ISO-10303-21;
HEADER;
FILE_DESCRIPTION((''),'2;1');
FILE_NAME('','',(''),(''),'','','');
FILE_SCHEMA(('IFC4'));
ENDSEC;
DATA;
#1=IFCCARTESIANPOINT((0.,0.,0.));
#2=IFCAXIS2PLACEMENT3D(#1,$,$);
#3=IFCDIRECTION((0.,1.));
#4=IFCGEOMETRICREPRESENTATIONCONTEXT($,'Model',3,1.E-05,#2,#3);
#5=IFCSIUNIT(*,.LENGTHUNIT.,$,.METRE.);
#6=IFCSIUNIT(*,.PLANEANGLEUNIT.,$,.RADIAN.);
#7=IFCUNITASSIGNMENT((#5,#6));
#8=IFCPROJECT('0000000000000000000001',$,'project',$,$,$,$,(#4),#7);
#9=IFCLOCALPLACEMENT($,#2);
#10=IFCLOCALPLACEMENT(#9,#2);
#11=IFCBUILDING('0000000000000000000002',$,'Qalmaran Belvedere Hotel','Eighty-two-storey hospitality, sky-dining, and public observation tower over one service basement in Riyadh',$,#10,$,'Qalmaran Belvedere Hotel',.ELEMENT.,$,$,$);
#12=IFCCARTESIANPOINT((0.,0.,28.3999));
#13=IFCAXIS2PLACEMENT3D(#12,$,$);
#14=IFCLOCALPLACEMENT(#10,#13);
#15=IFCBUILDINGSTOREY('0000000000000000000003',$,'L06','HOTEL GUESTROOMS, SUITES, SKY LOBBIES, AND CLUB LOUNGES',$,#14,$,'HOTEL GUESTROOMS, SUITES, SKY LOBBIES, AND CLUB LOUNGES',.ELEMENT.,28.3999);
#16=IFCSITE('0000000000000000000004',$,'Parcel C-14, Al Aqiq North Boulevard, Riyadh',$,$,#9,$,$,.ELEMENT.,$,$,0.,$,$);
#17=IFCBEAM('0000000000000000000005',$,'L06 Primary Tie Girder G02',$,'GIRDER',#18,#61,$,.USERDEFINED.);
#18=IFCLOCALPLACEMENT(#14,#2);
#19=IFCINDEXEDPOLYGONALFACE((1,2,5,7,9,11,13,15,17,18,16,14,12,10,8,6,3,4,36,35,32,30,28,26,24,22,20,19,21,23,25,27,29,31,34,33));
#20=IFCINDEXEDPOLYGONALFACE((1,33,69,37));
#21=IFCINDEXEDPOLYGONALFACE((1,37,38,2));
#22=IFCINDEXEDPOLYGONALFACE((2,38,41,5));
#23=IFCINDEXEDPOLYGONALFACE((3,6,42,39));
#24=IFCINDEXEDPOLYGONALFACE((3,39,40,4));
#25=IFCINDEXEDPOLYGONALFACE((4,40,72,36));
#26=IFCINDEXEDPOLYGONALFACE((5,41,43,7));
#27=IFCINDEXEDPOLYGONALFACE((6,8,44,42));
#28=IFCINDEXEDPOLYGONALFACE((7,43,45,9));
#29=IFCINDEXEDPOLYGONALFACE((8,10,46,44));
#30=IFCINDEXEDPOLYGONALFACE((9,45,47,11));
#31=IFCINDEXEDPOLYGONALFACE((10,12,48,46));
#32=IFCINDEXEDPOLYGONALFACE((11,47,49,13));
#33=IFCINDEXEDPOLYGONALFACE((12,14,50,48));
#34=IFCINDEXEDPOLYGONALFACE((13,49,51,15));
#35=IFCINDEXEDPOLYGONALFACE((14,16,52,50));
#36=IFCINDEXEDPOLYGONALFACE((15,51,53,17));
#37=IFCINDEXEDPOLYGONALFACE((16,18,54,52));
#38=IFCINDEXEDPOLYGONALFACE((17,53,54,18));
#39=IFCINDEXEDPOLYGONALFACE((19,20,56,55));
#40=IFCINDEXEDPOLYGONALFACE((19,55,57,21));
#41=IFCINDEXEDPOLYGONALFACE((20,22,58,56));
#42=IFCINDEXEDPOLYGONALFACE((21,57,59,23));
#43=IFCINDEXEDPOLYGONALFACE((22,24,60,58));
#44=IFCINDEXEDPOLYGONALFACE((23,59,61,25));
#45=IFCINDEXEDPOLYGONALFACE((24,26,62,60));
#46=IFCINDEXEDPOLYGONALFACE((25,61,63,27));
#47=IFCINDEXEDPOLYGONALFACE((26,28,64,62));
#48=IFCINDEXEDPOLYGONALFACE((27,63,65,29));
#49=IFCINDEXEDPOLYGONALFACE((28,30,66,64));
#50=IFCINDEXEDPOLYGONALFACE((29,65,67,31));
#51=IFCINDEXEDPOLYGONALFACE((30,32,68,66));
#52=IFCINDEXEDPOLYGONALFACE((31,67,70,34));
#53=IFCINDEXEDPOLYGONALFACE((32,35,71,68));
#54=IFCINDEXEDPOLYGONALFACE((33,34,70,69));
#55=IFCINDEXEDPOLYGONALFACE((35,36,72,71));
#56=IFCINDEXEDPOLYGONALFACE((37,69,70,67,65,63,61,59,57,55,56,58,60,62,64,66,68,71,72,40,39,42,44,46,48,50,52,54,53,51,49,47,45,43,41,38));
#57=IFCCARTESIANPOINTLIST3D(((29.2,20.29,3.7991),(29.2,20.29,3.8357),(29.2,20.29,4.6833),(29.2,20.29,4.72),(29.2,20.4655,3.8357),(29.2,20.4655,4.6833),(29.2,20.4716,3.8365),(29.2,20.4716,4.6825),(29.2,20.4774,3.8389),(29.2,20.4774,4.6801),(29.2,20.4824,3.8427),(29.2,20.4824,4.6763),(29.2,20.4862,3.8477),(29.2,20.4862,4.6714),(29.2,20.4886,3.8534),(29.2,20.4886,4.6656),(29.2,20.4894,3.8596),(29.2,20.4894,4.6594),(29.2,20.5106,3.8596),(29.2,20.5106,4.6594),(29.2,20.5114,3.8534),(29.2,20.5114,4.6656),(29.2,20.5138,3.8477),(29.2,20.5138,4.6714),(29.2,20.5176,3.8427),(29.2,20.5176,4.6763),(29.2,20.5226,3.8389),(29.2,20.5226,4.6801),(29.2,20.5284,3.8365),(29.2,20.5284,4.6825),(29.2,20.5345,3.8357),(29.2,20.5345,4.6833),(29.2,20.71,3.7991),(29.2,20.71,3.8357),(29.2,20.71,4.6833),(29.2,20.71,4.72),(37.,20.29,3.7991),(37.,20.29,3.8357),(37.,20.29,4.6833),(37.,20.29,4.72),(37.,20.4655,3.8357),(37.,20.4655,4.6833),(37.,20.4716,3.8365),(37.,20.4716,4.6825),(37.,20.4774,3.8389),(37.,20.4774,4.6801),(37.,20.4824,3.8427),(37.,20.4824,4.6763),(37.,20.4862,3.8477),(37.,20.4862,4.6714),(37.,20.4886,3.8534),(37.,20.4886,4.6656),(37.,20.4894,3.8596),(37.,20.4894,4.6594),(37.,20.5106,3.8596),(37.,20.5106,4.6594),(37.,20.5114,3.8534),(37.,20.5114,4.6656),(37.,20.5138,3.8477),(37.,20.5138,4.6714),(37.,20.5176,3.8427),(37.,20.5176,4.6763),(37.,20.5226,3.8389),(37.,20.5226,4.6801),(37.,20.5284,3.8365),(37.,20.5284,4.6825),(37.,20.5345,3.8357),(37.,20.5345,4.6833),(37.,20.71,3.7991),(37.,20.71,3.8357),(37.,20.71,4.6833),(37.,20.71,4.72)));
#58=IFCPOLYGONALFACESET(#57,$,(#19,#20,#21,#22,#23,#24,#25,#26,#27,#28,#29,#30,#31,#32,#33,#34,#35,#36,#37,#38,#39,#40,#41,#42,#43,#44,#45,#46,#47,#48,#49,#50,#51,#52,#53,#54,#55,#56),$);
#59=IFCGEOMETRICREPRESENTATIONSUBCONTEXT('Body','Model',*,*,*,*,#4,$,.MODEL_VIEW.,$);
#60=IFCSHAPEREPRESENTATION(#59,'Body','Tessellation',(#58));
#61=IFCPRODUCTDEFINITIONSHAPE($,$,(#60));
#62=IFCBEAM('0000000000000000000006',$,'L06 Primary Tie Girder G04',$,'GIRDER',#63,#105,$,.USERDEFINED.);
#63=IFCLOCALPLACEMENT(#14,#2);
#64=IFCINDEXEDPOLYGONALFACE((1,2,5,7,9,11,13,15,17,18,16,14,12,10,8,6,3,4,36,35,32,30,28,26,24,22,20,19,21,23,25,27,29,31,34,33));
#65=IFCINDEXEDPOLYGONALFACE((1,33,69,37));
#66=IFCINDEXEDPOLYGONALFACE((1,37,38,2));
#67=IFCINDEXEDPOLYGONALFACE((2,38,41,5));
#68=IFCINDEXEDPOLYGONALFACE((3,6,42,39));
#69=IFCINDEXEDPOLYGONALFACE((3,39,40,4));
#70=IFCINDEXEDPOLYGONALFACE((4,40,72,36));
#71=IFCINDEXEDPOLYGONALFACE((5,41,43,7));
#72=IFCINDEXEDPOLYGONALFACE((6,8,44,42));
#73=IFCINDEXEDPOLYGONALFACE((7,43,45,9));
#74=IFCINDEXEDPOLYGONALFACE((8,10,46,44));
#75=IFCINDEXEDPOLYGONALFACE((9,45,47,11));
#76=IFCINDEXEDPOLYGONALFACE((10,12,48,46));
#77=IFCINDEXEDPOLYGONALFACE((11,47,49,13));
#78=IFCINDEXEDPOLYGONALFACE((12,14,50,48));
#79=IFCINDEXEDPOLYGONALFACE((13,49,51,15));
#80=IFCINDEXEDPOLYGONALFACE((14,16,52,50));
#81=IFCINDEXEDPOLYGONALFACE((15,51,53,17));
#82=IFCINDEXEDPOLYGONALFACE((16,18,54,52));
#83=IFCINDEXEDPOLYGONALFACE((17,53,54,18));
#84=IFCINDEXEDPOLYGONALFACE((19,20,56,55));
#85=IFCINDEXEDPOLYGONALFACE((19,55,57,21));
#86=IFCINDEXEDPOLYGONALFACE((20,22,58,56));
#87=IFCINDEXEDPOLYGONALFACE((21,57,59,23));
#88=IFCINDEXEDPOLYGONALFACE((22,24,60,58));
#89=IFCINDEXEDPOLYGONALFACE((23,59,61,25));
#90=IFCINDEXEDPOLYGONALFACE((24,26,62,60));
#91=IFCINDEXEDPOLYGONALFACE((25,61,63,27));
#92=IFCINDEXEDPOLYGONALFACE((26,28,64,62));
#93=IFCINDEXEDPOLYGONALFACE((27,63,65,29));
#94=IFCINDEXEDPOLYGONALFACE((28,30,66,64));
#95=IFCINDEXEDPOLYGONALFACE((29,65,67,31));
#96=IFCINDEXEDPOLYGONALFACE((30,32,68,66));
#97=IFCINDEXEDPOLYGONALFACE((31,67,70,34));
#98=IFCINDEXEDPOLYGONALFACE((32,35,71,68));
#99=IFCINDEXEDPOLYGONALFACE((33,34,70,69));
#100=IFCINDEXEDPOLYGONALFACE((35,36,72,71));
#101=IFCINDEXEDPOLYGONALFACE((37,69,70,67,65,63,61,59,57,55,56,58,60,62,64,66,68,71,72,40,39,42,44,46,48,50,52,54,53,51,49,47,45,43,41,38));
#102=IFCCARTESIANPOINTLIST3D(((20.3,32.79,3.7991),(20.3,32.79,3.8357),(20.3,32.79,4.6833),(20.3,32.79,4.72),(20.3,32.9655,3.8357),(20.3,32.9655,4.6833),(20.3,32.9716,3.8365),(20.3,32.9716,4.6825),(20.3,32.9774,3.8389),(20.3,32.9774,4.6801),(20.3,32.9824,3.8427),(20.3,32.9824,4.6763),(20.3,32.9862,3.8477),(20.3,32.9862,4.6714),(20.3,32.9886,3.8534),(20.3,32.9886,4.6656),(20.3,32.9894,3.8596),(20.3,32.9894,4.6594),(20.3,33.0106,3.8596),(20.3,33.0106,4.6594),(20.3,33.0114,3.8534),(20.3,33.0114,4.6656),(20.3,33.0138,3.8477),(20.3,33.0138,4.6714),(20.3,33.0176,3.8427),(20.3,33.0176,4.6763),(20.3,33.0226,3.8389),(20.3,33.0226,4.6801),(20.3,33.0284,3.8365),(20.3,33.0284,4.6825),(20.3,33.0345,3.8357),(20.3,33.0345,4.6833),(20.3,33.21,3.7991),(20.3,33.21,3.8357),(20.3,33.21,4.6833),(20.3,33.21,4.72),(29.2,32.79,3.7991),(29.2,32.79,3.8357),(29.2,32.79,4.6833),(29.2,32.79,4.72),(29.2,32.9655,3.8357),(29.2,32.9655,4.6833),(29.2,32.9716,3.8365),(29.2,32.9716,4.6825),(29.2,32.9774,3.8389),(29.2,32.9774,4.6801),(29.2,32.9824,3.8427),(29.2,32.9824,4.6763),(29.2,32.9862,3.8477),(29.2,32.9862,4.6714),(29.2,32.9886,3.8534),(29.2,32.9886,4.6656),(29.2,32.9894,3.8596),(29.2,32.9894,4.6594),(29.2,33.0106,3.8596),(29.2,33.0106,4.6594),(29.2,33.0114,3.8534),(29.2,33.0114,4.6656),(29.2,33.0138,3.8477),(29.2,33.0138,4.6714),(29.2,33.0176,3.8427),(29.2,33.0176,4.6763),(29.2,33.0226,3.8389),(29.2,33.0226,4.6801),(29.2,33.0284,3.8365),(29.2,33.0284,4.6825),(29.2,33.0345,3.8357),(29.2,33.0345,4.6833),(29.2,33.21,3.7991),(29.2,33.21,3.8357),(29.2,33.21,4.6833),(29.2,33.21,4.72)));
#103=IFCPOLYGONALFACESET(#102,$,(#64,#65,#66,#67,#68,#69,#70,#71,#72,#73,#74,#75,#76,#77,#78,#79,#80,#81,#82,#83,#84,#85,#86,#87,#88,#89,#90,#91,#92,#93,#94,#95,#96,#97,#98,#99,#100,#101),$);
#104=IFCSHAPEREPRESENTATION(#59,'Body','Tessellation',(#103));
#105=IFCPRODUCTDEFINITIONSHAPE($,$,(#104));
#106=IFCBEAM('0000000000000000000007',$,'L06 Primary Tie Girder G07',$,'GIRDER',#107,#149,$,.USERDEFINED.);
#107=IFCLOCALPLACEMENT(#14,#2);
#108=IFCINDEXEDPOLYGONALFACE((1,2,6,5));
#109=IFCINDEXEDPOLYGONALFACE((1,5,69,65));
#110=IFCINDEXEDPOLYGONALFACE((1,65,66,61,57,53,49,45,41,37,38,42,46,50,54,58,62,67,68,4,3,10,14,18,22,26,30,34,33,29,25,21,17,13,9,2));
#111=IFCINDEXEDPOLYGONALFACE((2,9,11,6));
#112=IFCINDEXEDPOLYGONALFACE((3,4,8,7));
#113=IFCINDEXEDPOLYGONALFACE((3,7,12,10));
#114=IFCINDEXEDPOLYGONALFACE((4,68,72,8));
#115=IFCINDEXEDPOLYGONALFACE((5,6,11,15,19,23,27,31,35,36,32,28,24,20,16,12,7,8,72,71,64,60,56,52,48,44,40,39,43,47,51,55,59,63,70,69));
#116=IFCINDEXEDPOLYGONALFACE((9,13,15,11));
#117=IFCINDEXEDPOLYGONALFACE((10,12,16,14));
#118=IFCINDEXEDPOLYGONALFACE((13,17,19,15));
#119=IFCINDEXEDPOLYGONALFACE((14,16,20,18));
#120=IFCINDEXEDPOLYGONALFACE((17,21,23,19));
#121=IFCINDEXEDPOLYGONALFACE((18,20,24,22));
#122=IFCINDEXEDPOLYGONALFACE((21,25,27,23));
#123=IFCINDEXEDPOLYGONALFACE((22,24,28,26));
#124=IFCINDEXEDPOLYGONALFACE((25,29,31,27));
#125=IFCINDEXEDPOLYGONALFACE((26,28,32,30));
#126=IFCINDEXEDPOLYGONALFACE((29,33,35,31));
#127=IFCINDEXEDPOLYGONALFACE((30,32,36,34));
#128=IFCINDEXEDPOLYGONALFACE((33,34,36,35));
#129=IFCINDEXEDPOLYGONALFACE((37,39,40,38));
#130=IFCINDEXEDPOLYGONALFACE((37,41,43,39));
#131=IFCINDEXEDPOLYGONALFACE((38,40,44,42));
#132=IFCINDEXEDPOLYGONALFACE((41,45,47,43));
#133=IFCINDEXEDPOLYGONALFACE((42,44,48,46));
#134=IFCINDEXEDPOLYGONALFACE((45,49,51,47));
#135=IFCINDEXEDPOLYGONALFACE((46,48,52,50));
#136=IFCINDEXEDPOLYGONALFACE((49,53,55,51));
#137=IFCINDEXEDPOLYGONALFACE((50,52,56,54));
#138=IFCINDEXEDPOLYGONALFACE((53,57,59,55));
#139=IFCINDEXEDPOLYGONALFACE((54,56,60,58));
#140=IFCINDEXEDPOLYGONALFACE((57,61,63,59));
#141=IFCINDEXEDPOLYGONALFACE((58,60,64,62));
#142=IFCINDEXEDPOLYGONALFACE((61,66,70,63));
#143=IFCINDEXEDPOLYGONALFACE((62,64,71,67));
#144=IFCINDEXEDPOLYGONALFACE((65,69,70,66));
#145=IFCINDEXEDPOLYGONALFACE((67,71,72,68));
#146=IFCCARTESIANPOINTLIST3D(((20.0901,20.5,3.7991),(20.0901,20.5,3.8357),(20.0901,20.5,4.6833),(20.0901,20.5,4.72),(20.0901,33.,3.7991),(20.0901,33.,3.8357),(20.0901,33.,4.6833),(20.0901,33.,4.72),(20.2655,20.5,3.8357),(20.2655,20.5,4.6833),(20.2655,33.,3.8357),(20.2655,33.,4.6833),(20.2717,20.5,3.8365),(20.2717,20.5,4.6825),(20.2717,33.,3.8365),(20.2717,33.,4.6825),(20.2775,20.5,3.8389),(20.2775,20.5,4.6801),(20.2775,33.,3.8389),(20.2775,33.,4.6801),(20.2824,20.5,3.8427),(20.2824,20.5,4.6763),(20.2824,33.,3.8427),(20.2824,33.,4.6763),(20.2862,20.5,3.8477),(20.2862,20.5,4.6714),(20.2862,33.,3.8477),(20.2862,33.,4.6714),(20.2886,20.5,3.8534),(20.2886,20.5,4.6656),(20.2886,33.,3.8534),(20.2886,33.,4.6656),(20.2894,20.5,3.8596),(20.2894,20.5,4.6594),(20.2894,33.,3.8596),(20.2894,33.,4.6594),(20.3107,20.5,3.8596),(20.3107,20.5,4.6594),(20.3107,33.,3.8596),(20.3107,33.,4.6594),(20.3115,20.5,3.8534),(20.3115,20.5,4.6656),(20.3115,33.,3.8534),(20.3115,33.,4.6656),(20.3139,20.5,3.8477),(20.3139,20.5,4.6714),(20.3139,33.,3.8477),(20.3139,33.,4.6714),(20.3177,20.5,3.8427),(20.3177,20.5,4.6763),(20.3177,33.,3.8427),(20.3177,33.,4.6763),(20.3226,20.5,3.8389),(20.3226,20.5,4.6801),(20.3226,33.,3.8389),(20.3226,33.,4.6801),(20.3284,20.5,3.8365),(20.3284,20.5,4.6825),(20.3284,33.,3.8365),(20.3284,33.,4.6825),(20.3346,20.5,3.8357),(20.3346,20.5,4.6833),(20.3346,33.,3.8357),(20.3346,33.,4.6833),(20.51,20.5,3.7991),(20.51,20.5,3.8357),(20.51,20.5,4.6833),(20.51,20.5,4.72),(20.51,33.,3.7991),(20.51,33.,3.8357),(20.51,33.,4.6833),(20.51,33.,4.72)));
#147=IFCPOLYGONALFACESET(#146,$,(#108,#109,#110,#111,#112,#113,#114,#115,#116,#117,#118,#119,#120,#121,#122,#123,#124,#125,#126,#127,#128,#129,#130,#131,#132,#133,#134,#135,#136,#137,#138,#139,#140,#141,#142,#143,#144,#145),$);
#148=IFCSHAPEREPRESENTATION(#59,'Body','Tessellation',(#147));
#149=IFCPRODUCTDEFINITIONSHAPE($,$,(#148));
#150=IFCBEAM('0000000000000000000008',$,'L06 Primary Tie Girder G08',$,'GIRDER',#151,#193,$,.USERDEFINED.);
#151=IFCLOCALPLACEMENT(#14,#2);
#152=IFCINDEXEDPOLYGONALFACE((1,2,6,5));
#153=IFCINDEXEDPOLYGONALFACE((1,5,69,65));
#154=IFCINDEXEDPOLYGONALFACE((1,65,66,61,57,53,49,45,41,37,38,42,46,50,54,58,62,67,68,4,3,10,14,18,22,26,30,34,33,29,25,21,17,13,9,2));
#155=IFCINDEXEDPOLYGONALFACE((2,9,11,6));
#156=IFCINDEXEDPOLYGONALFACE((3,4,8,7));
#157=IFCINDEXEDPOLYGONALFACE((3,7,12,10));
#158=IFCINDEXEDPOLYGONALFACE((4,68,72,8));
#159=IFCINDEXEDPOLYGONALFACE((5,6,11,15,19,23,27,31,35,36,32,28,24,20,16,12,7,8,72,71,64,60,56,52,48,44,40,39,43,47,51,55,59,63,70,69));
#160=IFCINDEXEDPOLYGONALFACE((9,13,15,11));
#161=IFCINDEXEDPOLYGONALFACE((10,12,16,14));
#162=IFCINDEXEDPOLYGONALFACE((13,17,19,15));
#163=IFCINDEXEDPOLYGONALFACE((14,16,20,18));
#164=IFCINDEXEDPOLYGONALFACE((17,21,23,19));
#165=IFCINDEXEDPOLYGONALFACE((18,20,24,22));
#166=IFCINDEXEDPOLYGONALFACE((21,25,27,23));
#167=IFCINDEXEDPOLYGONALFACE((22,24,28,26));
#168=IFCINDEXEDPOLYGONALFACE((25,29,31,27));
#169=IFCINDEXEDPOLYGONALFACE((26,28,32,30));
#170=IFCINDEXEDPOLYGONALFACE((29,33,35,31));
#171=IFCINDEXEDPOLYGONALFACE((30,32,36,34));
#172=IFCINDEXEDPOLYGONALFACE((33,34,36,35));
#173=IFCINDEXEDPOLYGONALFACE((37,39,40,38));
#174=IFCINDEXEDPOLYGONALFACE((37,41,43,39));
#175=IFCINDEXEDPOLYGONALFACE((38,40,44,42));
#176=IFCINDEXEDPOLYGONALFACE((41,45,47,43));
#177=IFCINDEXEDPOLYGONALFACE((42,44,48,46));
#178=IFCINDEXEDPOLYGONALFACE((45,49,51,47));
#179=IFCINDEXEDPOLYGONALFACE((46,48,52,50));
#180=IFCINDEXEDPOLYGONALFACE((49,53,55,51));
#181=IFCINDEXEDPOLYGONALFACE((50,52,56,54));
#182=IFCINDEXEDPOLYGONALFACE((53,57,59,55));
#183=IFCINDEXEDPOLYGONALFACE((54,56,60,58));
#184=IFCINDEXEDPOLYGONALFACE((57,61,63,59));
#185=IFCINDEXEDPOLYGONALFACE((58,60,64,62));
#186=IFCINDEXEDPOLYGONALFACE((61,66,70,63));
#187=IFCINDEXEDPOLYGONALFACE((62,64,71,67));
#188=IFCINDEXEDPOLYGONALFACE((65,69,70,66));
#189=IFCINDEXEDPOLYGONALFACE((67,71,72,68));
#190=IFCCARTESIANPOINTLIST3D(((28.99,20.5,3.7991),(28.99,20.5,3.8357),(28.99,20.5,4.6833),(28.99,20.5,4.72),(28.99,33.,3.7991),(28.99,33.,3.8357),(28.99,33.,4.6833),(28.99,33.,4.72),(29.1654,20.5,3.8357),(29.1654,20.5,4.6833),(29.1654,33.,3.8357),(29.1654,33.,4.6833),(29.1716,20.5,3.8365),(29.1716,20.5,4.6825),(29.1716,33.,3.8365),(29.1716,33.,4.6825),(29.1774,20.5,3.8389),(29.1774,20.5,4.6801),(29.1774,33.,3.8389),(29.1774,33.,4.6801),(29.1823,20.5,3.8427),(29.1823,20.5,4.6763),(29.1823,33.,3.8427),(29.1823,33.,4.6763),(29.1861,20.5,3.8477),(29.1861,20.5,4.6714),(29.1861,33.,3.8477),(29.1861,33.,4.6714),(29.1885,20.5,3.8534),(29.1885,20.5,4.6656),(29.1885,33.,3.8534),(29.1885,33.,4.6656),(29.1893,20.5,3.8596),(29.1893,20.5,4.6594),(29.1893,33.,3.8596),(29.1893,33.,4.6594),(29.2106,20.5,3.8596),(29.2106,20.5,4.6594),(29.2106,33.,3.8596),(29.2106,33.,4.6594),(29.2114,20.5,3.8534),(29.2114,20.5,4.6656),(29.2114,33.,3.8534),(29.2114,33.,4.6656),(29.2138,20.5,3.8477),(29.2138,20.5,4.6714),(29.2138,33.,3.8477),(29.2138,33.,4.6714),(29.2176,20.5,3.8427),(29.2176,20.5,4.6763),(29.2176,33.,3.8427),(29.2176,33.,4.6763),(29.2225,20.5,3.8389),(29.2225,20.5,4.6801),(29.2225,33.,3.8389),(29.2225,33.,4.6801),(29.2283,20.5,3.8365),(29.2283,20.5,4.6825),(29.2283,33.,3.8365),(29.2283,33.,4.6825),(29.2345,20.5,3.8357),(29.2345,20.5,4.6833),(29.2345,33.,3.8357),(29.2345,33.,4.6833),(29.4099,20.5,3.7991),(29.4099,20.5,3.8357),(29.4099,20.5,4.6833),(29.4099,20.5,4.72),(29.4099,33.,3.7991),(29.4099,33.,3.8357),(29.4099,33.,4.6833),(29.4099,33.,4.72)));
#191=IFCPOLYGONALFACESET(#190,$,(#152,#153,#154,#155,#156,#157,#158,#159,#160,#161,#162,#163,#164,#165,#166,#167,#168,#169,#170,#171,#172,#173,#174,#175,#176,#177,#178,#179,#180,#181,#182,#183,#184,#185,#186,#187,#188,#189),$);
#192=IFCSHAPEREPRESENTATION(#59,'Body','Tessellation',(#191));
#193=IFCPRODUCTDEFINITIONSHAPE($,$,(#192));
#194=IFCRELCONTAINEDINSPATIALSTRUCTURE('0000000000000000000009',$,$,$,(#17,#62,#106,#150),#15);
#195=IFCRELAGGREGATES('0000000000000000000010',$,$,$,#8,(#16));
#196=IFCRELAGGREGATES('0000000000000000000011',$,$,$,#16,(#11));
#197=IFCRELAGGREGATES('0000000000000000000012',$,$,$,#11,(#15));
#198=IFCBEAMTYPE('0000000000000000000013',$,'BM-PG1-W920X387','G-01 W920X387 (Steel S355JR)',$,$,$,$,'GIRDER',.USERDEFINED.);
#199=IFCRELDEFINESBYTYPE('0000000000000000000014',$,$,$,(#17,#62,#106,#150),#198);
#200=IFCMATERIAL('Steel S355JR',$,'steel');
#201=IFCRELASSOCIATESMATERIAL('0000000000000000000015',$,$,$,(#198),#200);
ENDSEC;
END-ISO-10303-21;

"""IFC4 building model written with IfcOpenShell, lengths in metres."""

from ifc_helpers import new_model, si_unit, direction, frame, origin, origin_2d, place, context, subcontext, project, spatial, i_section, extrude, material, material_profile, profile_set, type_object, element, save


model = new_model("IFC4")

# Units and contexts
model_context = context("Model", 3, precision=1e-05, world=origin(), true_north=direction((0.0, 1.0)))
body_context = subcontext(model_context, "Body", "Model", "MODEL_VIEW")
ifc_project = project(units=[si_unit("LENGTHUNIT", "METRE"), si_unit("PLANEANGLEUNIT", "RADIAN")], contexts=[model_context])

# Site, building, storey
site_placement = place(None, origin())
site = spatial("IfcSite", under=ifc_project, at=site_placement, Name="Parcel C-14, Al Aqiq North Boulevard, Riyadh", CompositionType="ELEMENT", RefElevation=0.0)
building_placement = place(site_placement, origin())
building = spatial("IfcBuilding", under=site, at=building_placement, Name="Qalmaran Belvedere Hotel", Description="Eighty-two-storey hospitality, sky-dining, and public observation tower over one service basement in Riyadh", LongName="Qalmaran Belvedere Hotel", CompositionType="ELEMENT")
storey_placement = place(building_placement, frame((0.0, 0.0, 28.3999)))
storey = spatial("IfcBuildingStorey", under=building, at=storey_placement, Name="L06", Description="HOTEL GUESTROOMS, SUITES, SKY LOBBIES, AND CLUB LOUNGES", LongName="HOTEL GUESTROOMS, SUITES, SKY LOBBIES, AND CLUB LOUNGES", CompositionType="ELEMENT", Elevation=28.3999)

# Beams
ifc_material_1 = material(Name="Steel S355JR", Category="steel")
ifc_material_profile_1 = material_profile(ifc_material_1, i_section(OverallWidth=0.4199, OverallDepth=0.9209, WebThickness=0.0212, FlangeThickness=0.0366, FilletRadius=0.0239, at=origin_2d()), Name="W920X387")
ifc_profile_set_1 = profile_set([ifc_material_profile_1], Name="Steel S355JR")
beam_type_1 = type_object("IfcBeamType", Name="BM-PG1-W920X387", Description="G-01 W920X387 (Steel S355JR)", ElementType="GIRDER", PredefinedType="USERDEFINED", material=ifc_profile_set_1)
beam_1_placement = place(storey_placement, frame((29.2, 20.5, 4.2595), z_axis=(1.0, 0.0, 0.0), x_axis=(0.0, 1.0, 0.0)))
element("IfcBeam", 1, at=beam_1_placement, inside=storey, type_object=beam_type_1, Name="L06 Primary Tie Girder G02", ObjectType="GIRDER", PredefinedType="USERDEFINED", context=body_context, shape_type="SweptSolid", body=[
    extrude(i_section(OverallWidth=0.4199, OverallDepth=0.9209, WebThickness=0.0212, FlangeThickness=0.0366, FilletRadius=0.0239, at=origin_2d()), origin(), (0.0, 0.0, 1.0), 7.8),
])
beam_2_placement = place(storey_placement, frame((20.3, 33.0, 4.2595), z_axis=(1.0, 0.0, 0.0), x_axis=(0.0, 1.0, 0.0)))
element("IfcBeam", 2, at=beam_2_placement, inside=storey, type_object=beam_type_1, Name="L06 Primary Tie Girder G04", ObjectType="GIRDER", PredefinedType="USERDEFINED", context=body_context, shape_type="SweptSolid", body=[
    extrude(i_section(OverallWidth=0.4199, OverallDepth=0.9209, WebThickness=0.0212, FlangeThickness=0.0366, FilletRadius=0.0239, at=origin_2d()), origin(), (0.0, 0.0, 1.0), 8.8999),
])
for number, where, z_axis, x_axis, name in (
    (3, (20.3, 20.5, 4.2595), (0.0, 1.0, 0.0), (-1.0, 0.0, 0.0), "L06 Primary Tie Girder G07"),
    (4, (29.2, 20.5, 4.2595), (0.0, 1.0, 0.0), (-1.0, 0.0, 0.0), "L06 Primary Tie Girder G08"),
):
    element("IfcBeam", number, at=place(storey_placement, frame(where, z_axis=z_axis, x_axis=x_axis)), inside=storey, type_object=beam_type_1, Name=name, ObjectType="GIRDER", PredefinedType="USERDEFINED", context=body_context, shape_type="SweptSolid", body=[
        extrude(i_section(OverallWidth=0.4199, OverallDepth=0.9209, WebThickness=0.0212, FlangeThickness=0.0366, FilletRadius=0.0239, at=origin_2d()), origin(), (0.0, 0.0, 1.0), 12.5),
    ])

save(model, "model.ifc")
